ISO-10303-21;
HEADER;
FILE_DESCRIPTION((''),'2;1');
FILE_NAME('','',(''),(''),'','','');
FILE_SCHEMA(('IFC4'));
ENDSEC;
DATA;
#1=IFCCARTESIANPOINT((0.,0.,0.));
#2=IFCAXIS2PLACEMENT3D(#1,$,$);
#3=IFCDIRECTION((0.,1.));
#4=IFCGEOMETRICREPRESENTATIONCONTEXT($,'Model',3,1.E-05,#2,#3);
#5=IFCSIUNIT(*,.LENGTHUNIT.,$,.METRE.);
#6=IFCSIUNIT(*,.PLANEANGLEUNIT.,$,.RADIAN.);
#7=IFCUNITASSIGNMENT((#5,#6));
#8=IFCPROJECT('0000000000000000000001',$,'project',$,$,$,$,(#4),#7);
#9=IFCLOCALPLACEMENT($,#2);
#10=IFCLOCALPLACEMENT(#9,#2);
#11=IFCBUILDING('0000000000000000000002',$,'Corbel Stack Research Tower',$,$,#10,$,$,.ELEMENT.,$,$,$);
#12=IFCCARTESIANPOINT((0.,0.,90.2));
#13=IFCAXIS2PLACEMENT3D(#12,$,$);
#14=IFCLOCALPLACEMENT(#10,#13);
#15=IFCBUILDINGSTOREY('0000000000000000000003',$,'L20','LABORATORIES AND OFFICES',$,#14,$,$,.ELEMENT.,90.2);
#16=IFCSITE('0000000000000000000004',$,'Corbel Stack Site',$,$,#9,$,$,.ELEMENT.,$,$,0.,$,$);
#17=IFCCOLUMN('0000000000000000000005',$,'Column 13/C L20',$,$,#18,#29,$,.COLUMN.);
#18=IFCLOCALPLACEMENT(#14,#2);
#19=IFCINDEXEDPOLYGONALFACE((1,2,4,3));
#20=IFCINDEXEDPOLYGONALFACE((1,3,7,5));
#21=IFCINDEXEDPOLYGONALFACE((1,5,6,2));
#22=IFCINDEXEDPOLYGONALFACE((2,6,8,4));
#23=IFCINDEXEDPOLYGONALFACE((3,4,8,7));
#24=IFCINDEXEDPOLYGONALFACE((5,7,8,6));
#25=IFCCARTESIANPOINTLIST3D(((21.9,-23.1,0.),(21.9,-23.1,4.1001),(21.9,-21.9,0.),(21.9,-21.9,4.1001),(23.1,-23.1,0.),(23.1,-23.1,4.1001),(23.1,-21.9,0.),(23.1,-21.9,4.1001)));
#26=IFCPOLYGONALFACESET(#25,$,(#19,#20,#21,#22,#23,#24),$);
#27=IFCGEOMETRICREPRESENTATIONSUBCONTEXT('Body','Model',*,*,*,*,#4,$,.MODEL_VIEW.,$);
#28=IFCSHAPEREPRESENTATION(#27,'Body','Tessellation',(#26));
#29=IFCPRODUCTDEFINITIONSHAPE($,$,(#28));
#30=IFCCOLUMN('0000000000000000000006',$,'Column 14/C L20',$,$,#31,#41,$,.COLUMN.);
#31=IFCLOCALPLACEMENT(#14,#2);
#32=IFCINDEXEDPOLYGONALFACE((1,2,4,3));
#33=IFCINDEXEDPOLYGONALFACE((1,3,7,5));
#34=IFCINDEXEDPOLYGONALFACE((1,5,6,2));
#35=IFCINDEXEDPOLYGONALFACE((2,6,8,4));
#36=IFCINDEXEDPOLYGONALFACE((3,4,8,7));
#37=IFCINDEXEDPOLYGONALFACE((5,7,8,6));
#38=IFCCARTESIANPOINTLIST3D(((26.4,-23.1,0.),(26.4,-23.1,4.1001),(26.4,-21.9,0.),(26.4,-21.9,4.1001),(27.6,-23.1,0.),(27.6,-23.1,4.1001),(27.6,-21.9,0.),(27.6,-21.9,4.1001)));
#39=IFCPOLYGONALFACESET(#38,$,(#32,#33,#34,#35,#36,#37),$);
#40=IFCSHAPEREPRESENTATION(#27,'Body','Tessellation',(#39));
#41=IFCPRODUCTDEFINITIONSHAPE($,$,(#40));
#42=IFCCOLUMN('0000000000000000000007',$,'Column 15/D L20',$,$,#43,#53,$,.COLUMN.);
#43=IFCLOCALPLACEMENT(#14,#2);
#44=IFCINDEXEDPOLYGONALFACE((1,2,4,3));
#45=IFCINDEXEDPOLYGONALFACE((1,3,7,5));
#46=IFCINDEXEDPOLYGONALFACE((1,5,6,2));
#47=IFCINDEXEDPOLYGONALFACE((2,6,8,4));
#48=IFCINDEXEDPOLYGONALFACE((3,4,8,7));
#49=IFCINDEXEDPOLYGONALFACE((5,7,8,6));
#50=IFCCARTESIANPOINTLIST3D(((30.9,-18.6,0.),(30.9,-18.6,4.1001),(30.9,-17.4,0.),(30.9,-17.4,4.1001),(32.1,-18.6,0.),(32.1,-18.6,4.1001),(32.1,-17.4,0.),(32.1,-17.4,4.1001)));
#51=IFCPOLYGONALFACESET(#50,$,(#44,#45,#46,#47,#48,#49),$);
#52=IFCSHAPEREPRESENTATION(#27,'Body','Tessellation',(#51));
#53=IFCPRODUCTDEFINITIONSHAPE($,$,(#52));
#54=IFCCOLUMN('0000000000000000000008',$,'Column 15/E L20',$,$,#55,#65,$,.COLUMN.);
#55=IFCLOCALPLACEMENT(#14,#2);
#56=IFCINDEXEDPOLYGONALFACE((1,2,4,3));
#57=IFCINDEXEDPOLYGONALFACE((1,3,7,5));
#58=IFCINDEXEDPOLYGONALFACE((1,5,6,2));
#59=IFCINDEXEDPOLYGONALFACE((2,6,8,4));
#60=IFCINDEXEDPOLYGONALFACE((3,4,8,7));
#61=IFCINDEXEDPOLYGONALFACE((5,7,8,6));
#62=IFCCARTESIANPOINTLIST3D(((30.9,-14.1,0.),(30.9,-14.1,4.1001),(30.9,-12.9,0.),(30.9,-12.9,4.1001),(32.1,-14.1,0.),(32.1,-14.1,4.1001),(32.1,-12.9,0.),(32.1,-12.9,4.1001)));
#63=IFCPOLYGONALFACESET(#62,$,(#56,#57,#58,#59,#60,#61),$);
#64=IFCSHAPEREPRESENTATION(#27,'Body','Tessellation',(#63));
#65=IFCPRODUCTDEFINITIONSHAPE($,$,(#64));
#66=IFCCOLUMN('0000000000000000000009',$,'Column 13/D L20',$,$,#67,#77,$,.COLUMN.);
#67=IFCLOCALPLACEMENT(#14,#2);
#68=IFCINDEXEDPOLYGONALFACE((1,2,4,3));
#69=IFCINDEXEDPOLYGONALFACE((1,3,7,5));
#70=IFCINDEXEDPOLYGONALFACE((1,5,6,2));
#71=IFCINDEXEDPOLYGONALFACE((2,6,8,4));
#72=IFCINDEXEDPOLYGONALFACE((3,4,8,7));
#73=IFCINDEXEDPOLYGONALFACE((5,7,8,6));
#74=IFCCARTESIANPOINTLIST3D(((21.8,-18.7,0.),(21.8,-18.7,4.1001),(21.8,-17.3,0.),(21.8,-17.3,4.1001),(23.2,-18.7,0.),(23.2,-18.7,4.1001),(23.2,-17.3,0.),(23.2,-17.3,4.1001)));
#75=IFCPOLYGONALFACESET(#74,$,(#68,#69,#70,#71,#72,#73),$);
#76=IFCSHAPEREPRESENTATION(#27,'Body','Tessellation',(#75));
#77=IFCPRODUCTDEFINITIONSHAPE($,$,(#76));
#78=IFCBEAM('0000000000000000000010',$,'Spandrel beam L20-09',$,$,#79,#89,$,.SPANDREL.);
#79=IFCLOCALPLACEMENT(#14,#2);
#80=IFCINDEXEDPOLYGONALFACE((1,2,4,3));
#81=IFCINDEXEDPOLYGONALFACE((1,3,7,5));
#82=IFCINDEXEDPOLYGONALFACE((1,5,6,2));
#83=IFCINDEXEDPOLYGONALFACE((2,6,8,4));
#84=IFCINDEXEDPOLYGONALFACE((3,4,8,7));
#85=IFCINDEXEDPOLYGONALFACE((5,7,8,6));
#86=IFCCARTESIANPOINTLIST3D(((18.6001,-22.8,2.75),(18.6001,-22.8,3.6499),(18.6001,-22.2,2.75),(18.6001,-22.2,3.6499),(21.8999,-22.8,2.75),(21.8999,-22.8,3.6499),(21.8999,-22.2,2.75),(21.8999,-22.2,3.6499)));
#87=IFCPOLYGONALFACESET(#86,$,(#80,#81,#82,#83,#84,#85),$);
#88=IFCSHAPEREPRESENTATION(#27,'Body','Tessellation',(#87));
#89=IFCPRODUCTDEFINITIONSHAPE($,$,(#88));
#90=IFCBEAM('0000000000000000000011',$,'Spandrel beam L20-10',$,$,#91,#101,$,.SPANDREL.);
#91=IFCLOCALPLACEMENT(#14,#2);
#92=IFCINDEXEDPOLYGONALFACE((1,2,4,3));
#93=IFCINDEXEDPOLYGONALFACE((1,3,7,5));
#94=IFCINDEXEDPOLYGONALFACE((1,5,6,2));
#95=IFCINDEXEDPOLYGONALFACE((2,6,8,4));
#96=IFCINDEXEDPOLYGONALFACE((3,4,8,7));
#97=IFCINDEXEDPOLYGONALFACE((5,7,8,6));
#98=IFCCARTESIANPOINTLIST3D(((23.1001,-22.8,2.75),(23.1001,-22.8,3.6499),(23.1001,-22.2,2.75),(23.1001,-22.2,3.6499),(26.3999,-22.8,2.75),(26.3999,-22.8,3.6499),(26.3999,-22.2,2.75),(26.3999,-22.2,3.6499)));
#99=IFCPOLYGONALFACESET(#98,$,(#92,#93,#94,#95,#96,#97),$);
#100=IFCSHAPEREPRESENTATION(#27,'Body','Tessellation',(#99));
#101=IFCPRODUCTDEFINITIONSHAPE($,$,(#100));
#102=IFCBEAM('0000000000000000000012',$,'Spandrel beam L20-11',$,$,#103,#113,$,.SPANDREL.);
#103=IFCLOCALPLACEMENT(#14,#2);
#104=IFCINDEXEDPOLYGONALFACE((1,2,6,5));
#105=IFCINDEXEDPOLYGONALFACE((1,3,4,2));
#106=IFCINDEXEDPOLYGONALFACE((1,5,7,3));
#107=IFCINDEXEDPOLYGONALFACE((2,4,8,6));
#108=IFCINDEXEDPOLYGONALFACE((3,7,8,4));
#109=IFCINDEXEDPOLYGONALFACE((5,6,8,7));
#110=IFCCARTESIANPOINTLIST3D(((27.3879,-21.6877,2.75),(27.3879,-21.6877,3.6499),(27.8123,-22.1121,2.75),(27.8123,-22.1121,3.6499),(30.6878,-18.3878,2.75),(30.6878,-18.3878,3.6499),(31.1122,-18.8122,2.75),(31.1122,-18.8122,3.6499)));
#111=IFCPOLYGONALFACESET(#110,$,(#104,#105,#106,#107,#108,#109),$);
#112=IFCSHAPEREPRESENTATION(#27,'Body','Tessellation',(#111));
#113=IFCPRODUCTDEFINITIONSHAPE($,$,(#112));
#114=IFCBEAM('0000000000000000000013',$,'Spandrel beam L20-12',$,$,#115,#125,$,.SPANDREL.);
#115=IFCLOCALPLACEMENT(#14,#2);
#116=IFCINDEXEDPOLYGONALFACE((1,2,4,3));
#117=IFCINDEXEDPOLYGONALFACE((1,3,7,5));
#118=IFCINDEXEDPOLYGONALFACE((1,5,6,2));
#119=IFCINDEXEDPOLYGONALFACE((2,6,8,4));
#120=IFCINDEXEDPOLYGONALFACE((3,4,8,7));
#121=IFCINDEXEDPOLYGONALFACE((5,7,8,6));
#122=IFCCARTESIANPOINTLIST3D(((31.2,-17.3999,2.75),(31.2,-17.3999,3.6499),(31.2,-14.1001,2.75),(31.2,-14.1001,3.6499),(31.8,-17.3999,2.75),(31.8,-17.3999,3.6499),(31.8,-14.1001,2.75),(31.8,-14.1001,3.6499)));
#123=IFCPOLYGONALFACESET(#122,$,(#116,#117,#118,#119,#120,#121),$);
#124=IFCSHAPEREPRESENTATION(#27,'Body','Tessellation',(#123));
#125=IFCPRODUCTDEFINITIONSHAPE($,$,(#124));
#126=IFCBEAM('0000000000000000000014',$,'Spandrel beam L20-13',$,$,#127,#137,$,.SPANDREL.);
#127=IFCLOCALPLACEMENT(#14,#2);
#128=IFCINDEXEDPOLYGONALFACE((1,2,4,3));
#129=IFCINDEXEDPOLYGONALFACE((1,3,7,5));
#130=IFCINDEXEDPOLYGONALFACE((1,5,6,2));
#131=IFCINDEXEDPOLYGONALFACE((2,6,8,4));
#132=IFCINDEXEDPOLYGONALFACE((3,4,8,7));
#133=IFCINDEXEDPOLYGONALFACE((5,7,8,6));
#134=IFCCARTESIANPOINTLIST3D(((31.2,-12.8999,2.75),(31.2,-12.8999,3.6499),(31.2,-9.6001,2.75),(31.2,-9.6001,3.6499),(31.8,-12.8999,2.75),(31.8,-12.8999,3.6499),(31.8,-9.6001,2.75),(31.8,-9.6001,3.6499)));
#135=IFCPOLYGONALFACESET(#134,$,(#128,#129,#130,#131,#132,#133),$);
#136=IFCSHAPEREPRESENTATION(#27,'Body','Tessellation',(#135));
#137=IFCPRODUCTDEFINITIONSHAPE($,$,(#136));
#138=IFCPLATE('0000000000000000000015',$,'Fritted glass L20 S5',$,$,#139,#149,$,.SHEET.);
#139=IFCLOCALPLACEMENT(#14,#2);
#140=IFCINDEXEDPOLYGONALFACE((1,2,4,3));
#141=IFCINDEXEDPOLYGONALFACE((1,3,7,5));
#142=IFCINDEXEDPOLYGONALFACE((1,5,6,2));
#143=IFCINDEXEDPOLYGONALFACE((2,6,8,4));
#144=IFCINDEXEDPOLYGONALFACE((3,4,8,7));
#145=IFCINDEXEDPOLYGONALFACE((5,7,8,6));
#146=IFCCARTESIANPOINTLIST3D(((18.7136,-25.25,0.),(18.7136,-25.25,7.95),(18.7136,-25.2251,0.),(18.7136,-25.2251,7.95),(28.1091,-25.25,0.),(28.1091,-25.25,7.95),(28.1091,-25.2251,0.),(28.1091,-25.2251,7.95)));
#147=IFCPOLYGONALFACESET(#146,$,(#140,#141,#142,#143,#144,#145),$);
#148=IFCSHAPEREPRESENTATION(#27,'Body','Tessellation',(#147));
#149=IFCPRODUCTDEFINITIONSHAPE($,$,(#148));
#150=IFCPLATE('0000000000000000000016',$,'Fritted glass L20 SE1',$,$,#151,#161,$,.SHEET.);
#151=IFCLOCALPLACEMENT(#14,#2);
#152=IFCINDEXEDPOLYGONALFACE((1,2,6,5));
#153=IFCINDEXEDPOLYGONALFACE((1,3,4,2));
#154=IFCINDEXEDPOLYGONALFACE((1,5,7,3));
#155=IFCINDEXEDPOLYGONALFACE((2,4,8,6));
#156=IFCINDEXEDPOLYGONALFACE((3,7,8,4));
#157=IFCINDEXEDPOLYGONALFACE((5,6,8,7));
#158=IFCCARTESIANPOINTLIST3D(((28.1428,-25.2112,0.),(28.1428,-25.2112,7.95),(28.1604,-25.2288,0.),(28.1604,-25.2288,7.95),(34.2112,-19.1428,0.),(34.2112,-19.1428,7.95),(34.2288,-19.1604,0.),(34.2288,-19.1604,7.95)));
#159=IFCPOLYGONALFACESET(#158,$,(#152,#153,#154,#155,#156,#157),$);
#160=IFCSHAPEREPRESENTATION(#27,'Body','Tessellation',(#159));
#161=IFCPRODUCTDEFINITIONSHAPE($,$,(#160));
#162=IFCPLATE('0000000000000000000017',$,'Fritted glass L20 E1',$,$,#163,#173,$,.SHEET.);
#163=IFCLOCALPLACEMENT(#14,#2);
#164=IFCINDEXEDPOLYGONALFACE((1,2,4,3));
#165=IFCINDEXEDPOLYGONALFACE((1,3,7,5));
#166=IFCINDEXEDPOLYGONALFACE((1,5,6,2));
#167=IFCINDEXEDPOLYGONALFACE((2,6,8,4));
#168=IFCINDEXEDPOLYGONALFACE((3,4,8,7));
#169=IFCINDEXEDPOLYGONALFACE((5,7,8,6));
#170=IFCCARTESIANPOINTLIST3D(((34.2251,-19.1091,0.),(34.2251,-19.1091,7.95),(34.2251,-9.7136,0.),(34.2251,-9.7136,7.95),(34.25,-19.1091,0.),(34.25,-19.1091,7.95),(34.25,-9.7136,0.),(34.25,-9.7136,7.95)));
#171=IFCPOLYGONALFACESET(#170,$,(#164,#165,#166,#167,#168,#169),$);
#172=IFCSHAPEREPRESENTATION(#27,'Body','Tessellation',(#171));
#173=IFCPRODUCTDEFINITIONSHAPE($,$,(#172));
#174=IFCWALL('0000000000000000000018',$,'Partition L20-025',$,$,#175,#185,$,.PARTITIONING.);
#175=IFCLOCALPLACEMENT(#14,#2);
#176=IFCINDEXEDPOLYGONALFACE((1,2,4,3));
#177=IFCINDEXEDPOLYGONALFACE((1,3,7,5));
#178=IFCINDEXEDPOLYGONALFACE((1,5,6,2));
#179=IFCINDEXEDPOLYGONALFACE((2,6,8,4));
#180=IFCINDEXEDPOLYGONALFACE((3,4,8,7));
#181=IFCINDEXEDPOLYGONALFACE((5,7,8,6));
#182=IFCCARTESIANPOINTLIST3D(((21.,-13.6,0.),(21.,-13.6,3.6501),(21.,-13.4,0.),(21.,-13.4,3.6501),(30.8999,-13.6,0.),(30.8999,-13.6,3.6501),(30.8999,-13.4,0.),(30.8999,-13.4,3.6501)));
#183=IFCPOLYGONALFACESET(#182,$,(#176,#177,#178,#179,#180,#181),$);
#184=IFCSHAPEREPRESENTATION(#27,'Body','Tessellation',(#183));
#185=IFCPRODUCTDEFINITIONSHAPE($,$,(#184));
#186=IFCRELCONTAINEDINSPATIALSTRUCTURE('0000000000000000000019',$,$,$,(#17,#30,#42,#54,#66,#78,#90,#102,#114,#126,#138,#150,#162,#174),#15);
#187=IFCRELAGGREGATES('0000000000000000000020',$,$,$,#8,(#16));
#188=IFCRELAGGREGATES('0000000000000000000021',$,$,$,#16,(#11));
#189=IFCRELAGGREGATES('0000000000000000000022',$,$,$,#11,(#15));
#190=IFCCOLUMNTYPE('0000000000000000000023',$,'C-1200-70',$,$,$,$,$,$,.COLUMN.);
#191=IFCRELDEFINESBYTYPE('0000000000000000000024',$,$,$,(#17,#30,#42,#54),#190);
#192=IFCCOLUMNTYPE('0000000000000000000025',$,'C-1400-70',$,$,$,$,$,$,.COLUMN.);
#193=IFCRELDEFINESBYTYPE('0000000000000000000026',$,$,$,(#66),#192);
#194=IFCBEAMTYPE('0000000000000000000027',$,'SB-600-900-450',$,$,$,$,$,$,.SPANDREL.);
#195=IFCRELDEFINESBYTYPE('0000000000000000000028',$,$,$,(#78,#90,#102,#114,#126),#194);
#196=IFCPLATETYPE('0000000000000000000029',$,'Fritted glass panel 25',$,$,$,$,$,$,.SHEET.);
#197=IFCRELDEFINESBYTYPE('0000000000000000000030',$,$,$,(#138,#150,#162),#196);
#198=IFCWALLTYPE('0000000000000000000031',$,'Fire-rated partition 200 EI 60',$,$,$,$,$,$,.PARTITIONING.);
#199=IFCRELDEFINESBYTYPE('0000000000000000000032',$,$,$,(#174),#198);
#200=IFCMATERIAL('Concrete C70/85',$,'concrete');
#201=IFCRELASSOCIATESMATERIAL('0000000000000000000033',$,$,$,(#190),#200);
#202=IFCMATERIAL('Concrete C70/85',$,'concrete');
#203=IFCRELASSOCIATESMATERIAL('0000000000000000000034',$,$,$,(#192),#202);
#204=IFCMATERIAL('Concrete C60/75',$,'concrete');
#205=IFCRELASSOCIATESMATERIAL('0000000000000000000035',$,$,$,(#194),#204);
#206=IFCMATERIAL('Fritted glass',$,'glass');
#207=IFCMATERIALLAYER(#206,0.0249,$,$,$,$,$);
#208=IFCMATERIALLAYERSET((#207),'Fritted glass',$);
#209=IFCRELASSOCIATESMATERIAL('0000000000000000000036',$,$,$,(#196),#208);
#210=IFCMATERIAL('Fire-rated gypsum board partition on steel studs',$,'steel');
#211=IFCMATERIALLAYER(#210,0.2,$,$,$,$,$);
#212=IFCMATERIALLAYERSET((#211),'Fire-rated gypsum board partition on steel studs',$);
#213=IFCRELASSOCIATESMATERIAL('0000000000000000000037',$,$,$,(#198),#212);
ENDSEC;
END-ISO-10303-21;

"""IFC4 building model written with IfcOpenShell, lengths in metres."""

from ifc_helpers import new_model, si_unit, direction, frame, frame_2d, origin, origin_2d, place, context, subcontext, project, spatial, rectangle, extrude, material, layer, layer_set, material_profile, profile_set, type_object, element, save


model = new_model("IFC4")

# Units and contexts
model_context = context("Model", 3, precision=1e-05, world=origin(), true_north=direction((0.0, 1.0)))
body_context = subcontext(model_context, "Body", "Model", "MODEL_VIEW")
ifc_project = project(units=[si_unit("LENGTHUNIT", "METRE"), si_unit("PLANEANGLEUNIT", "RADIAN")], contexts=[model_context])

# Site, building, storey
site_placement = place(None, origin())
site = spatial("IfcSite", under=ifc_project, at=site_placement, Name="Corbel Stack Site", CompositionType="ELEMENT", RefElevation=0.0)
building_placement = place(site_placement, origin())
building = spatial("IfcBuilding", under=site, at=building_placement, Name="Corbel Stack Research Tower", CompositionType="ELEMENT")
storey_placement = place(building_placement, frame((0.0, 0.0, 90.2)))
storey = spatial("IfcBuildingStorey", under=building, at=storey_placement, Name="L20", Description="LABORATORIES AND OFFICES", CompositionType="ELEMENT", Elevation=90.2)

# Columns
ifc_material_1 = material(Name="Concrete C70/85", Category="concrete")
ifc_material_profile_1 = material_profile(ifc_material_1, rectangle(XDim=1.2, YDim=1.2, at=origin_2d()), Name="RC 1200 x 1200")
ifc_profile_set_1 = profile_set([ifc_material_profile_1], Name="Concrete C70/85")
column_type_1 = type_object("IfcColumnType", Name="C-1200-70", PredefinedType="COLUMN", material=ifc_profile_set_1)
for number, where, z_axis, x_axis, name in (
    (1, (22.5, -22.5, 0.0), (0.0, 0.0, 1.0), (1.0, 0.0, 0.0), "Column 13/C L20"),
    (2, (27.0, -22.5, 0.0), (0.0, 0.0, 1.0), (1.0, 0.0, 0.0), "Column 14/C L20"),
    (3, (31.5, -18.0, 0.0), (0.0, 0.0, 1.0), (1.0, 0.0, 0.0), "Column 15/D L20"),
    (4, (31.5, -13.5, 0.0), (0.0, 0.0, 1.0), (1.0, 0.0, 0.0), "Column 15/E L20"),
):
    element("IfcColumn", number, at=place(storey_placement, frame(where, z_axis=z_axis, x_axis=x_axis)), inside=storey, type_object=column_type_1, Name=name, PredefinedType="COLUMN", context=body_context, shape_type="SweptSolid", body=[
        extrude(rectangle(XDim=1.2, YDim=1.2, at=origin_2d()), origin(), (0.0, 0.0, 1.0), 4.1001),
    ])
ifc_material_2 = material(Name="Concrete C70/85", Category="concrete")
ifc_material_profile_2 = material_profile(ifc_material_2, rectangle(XDim=1.3999, YDim=1.3999, at=origin_2d()), Name="RC 1400 x 1400")
ifc_profile_set_2 = profile_set([ifc_material_profile_2], Name="Concrete C70/85")
column_type_2 = type_object("IfcColumnType", Name="C-1400-70", PredefinedType="COLUMN", material=ifc_profile_set_2)
column_placement = place(storey_placement, frame((22.5, -18.0, 0.0), z_axis=(0.0, 0.0, 1.0), x_axis=(1.0, 0.0, 0.0)))
element("IfcColumn", 5, at=column_placement, inside=storey, type_object=column_type_2, Name="Column 13/D L20", PredefinedType="COLUMN", context=body_context, shape_type="SweptSolid", body=[
    extrude(rectangle(XDim=1.3999, YDim=1.3999, at=origin_2d()), origin(), (0.0, 0.0, 1.0), 4.1001),
])

# Beams
ifc_material_3 = material(Name="Concrete C60/75", Category="concrete")
ifc_material_profile_3 = material_profile(ifc_material_3, rectangle(XDim=0.6001, YDim=0.8999, at=origin_2d()), Name="RC 600 x 900")
ifc_profile_set_3 = profile_set([ifc_material_profile_3], Name="Concrete C60/75")
beam_type = type_object("IfcBeamType", Name="SB-600-900-450", PredefinedType="SPANDREL", material=ifc_profile_set_3)
for number, where, z_axis, x_axis, name in (
    (6, (18.6001, -22.5, 3.2), (1.0, 0.0, 0.0), (0.0, 1.0, 0.0), "Spandrel beam L20-09"),
    (7, (23.1001, -22.5, 3.2), (1.0, 0.0, 0.0), (0.0, 1.0, 0.0), "Spandrel beam L20-10"),
):
    element("IfcBeam", number, at=place(storey_placement, frame(where, z_axis=z_axis, x_axis=x_axis)), inside=storey, type_object=beam_type, Name=name, PredefinedType="SPANDREL", context=body_context, shape_type="SweptSolid", body=[
        extrude(rectangle(XDim=0.6001, YDim=0.8999, at=origin_2d()), origin(), (0.0, 0.0, 1.0), 3.2998),
    ])
beam_placement = place(storey_placement, frame((27.6001, -21.8999, 3.2), z_axis=(0.707107, 0.707107, 0.0), x_axis=(-0.707107, 0.707107, 0.0)))
element("IfcBeam", 8, at=beam_placement, inside=storey, type_object=beam_type, Name="Spandrel beam L20-11", PredefinedType="SPANDREL", context=body_context, shape_type="SweptSolid", body=[
    extrude(rectangle(XDim=0.6001, YDim=0.8999, at=origin_2d()), origin(), (0.0, 0.0, 1.0), 4.6667),
])
for number, where, z_axis, x_axis, name in (
    (9, (31.5, -17.3999, 3.2), (0.0, 1.0, 0.0), (-1.0, 0.0, 0.0), "Spandrel beam L20-12"),
    (10, (31.5, -12.8999, 3.2), (0.0, 1.0, 0.0), (-1.0, 0.0, 0.0), "Spandrel beam L20-13"),
):
    element("IfcBeam", number, at=place(storey_placement, frame(where, z_axis=z_axis, x_axis=x_axis)), inside=storey, type_object=beam_type, Name=name, PredefinedType="SPANDREL", context=body_context, shape_type="SweptSolid", body=[
        extrude(rectangle(XDim=0.6001, YDim=0.8999, at=origin_2d()), origin(), (0.0, 0.0, 1.0), 3.2998),
    ])

# Plates
ifc_material_4 = material(Name="Fritted glass", Category="glass")
ifc_layer_1 = layer(ifc_material_4, 0.0249)
ifc_layer_set_1 = layer_set([ifc_layer_1], Name="Fritted glass")
plate_type = type_object("IfcPlateType", Name="Fritted glass panel 25", PredefinedType="SHEET", material=ifc_layer_set_1)
plate_1_placement = place(storey_placement, frame((23.4114, -25.2375, 0.0), z_axis=(0.0, 0.0, 1.0), x_axis=(1.0, 0.0, 0.0)))
element("IfcPlate", 11, at=plate_1_placement, inside=storey, type_object=plate_type, Name="Fritted glass L20 S5", PredefinedType="SHEET", context=body_context, shape_type="SweptSolid", body=[
    extrude(rectangle(XDim=9.3955, YDim=0.0249, at=origin_2d()), origin(), (0.0, 0.0, 1.0), 7.95),
])
plate_2_placement = place(storey_placement, frame((31.1858, -22.1858, 0.0), z_axis=(0.0, 0.0, 1.0), x_axis=(0.707107, 0.707107, 0.0)))
element("IfcPlate", 12, at=plate_2_placement, inside=storey, type_object=plate_type, Name="Fritted glass L20 SE1", PredefinedType="SHEET", context=body_context, shape_type="SweptSolid", body=[
    extrude(rectangle(XDim=8.582, YDim=0.0249, at=origin_2d()), origin(), (0.0, 0.0, 1.0), 7.95),
])
plate_3_placement = place(storey_placement, frame((34.2375, -14.4114, 0.0), z_axis=(0.0, 0.0, 1.0), x_axis=(0.0, 1.0, 0.0)))
element("IfcPlate", 13, at=plate_3_placement, inside=storey, type_object=plate_type, Name="Fritted glass L20 E1", PredefinedType="SHEET", context=body_context, shape_type="SweptSolid", body=[
    extrude(rectangle(XDim=9.3955, YDim=0.0249, at=origin_2d()), origin(), (0.0, 0.0, 1.0), 7.95),
])

# Wall
ifc_material_5 = material(Name="Fire-rated gypsum board partition on steel studs", Category="steel")
ifc_layer_2 = layer(ifc_material_5, 0.2)
ifc_layer_set_2 = layer_set([ifc_layer_2], Name="Fire-rated gypsum board partition on steel studs")
wall_type_1 = type_object("IfcWallType", Name="Fire-rated partition 200 EI 60", PredefinedType="PARTITIONING", material=ifc_layer_set_2)
wall_1_placement = place(storey_placement, frame((21.0, -13.5, 0.0), z_axis=(0.0, 0.0, 1.0), x_axis=(1.0, 0.0, 0.0)))
element("IfcWall", 14, at=wall_1_placement, inside=storey, type_object=wall_type_1, Name="Partition L20-025", PredefinedType="PARTITIONING", context=body_context, shape_type="SweptSolid", body=[
    extrude(rectangle(XDim=9.8999, YDim=0.2, at=frame_2d((4.95, 0.0))), origin(), (0.0, 0.0, 1.0), 3.6501),
])

save(model, "model.ifc")
